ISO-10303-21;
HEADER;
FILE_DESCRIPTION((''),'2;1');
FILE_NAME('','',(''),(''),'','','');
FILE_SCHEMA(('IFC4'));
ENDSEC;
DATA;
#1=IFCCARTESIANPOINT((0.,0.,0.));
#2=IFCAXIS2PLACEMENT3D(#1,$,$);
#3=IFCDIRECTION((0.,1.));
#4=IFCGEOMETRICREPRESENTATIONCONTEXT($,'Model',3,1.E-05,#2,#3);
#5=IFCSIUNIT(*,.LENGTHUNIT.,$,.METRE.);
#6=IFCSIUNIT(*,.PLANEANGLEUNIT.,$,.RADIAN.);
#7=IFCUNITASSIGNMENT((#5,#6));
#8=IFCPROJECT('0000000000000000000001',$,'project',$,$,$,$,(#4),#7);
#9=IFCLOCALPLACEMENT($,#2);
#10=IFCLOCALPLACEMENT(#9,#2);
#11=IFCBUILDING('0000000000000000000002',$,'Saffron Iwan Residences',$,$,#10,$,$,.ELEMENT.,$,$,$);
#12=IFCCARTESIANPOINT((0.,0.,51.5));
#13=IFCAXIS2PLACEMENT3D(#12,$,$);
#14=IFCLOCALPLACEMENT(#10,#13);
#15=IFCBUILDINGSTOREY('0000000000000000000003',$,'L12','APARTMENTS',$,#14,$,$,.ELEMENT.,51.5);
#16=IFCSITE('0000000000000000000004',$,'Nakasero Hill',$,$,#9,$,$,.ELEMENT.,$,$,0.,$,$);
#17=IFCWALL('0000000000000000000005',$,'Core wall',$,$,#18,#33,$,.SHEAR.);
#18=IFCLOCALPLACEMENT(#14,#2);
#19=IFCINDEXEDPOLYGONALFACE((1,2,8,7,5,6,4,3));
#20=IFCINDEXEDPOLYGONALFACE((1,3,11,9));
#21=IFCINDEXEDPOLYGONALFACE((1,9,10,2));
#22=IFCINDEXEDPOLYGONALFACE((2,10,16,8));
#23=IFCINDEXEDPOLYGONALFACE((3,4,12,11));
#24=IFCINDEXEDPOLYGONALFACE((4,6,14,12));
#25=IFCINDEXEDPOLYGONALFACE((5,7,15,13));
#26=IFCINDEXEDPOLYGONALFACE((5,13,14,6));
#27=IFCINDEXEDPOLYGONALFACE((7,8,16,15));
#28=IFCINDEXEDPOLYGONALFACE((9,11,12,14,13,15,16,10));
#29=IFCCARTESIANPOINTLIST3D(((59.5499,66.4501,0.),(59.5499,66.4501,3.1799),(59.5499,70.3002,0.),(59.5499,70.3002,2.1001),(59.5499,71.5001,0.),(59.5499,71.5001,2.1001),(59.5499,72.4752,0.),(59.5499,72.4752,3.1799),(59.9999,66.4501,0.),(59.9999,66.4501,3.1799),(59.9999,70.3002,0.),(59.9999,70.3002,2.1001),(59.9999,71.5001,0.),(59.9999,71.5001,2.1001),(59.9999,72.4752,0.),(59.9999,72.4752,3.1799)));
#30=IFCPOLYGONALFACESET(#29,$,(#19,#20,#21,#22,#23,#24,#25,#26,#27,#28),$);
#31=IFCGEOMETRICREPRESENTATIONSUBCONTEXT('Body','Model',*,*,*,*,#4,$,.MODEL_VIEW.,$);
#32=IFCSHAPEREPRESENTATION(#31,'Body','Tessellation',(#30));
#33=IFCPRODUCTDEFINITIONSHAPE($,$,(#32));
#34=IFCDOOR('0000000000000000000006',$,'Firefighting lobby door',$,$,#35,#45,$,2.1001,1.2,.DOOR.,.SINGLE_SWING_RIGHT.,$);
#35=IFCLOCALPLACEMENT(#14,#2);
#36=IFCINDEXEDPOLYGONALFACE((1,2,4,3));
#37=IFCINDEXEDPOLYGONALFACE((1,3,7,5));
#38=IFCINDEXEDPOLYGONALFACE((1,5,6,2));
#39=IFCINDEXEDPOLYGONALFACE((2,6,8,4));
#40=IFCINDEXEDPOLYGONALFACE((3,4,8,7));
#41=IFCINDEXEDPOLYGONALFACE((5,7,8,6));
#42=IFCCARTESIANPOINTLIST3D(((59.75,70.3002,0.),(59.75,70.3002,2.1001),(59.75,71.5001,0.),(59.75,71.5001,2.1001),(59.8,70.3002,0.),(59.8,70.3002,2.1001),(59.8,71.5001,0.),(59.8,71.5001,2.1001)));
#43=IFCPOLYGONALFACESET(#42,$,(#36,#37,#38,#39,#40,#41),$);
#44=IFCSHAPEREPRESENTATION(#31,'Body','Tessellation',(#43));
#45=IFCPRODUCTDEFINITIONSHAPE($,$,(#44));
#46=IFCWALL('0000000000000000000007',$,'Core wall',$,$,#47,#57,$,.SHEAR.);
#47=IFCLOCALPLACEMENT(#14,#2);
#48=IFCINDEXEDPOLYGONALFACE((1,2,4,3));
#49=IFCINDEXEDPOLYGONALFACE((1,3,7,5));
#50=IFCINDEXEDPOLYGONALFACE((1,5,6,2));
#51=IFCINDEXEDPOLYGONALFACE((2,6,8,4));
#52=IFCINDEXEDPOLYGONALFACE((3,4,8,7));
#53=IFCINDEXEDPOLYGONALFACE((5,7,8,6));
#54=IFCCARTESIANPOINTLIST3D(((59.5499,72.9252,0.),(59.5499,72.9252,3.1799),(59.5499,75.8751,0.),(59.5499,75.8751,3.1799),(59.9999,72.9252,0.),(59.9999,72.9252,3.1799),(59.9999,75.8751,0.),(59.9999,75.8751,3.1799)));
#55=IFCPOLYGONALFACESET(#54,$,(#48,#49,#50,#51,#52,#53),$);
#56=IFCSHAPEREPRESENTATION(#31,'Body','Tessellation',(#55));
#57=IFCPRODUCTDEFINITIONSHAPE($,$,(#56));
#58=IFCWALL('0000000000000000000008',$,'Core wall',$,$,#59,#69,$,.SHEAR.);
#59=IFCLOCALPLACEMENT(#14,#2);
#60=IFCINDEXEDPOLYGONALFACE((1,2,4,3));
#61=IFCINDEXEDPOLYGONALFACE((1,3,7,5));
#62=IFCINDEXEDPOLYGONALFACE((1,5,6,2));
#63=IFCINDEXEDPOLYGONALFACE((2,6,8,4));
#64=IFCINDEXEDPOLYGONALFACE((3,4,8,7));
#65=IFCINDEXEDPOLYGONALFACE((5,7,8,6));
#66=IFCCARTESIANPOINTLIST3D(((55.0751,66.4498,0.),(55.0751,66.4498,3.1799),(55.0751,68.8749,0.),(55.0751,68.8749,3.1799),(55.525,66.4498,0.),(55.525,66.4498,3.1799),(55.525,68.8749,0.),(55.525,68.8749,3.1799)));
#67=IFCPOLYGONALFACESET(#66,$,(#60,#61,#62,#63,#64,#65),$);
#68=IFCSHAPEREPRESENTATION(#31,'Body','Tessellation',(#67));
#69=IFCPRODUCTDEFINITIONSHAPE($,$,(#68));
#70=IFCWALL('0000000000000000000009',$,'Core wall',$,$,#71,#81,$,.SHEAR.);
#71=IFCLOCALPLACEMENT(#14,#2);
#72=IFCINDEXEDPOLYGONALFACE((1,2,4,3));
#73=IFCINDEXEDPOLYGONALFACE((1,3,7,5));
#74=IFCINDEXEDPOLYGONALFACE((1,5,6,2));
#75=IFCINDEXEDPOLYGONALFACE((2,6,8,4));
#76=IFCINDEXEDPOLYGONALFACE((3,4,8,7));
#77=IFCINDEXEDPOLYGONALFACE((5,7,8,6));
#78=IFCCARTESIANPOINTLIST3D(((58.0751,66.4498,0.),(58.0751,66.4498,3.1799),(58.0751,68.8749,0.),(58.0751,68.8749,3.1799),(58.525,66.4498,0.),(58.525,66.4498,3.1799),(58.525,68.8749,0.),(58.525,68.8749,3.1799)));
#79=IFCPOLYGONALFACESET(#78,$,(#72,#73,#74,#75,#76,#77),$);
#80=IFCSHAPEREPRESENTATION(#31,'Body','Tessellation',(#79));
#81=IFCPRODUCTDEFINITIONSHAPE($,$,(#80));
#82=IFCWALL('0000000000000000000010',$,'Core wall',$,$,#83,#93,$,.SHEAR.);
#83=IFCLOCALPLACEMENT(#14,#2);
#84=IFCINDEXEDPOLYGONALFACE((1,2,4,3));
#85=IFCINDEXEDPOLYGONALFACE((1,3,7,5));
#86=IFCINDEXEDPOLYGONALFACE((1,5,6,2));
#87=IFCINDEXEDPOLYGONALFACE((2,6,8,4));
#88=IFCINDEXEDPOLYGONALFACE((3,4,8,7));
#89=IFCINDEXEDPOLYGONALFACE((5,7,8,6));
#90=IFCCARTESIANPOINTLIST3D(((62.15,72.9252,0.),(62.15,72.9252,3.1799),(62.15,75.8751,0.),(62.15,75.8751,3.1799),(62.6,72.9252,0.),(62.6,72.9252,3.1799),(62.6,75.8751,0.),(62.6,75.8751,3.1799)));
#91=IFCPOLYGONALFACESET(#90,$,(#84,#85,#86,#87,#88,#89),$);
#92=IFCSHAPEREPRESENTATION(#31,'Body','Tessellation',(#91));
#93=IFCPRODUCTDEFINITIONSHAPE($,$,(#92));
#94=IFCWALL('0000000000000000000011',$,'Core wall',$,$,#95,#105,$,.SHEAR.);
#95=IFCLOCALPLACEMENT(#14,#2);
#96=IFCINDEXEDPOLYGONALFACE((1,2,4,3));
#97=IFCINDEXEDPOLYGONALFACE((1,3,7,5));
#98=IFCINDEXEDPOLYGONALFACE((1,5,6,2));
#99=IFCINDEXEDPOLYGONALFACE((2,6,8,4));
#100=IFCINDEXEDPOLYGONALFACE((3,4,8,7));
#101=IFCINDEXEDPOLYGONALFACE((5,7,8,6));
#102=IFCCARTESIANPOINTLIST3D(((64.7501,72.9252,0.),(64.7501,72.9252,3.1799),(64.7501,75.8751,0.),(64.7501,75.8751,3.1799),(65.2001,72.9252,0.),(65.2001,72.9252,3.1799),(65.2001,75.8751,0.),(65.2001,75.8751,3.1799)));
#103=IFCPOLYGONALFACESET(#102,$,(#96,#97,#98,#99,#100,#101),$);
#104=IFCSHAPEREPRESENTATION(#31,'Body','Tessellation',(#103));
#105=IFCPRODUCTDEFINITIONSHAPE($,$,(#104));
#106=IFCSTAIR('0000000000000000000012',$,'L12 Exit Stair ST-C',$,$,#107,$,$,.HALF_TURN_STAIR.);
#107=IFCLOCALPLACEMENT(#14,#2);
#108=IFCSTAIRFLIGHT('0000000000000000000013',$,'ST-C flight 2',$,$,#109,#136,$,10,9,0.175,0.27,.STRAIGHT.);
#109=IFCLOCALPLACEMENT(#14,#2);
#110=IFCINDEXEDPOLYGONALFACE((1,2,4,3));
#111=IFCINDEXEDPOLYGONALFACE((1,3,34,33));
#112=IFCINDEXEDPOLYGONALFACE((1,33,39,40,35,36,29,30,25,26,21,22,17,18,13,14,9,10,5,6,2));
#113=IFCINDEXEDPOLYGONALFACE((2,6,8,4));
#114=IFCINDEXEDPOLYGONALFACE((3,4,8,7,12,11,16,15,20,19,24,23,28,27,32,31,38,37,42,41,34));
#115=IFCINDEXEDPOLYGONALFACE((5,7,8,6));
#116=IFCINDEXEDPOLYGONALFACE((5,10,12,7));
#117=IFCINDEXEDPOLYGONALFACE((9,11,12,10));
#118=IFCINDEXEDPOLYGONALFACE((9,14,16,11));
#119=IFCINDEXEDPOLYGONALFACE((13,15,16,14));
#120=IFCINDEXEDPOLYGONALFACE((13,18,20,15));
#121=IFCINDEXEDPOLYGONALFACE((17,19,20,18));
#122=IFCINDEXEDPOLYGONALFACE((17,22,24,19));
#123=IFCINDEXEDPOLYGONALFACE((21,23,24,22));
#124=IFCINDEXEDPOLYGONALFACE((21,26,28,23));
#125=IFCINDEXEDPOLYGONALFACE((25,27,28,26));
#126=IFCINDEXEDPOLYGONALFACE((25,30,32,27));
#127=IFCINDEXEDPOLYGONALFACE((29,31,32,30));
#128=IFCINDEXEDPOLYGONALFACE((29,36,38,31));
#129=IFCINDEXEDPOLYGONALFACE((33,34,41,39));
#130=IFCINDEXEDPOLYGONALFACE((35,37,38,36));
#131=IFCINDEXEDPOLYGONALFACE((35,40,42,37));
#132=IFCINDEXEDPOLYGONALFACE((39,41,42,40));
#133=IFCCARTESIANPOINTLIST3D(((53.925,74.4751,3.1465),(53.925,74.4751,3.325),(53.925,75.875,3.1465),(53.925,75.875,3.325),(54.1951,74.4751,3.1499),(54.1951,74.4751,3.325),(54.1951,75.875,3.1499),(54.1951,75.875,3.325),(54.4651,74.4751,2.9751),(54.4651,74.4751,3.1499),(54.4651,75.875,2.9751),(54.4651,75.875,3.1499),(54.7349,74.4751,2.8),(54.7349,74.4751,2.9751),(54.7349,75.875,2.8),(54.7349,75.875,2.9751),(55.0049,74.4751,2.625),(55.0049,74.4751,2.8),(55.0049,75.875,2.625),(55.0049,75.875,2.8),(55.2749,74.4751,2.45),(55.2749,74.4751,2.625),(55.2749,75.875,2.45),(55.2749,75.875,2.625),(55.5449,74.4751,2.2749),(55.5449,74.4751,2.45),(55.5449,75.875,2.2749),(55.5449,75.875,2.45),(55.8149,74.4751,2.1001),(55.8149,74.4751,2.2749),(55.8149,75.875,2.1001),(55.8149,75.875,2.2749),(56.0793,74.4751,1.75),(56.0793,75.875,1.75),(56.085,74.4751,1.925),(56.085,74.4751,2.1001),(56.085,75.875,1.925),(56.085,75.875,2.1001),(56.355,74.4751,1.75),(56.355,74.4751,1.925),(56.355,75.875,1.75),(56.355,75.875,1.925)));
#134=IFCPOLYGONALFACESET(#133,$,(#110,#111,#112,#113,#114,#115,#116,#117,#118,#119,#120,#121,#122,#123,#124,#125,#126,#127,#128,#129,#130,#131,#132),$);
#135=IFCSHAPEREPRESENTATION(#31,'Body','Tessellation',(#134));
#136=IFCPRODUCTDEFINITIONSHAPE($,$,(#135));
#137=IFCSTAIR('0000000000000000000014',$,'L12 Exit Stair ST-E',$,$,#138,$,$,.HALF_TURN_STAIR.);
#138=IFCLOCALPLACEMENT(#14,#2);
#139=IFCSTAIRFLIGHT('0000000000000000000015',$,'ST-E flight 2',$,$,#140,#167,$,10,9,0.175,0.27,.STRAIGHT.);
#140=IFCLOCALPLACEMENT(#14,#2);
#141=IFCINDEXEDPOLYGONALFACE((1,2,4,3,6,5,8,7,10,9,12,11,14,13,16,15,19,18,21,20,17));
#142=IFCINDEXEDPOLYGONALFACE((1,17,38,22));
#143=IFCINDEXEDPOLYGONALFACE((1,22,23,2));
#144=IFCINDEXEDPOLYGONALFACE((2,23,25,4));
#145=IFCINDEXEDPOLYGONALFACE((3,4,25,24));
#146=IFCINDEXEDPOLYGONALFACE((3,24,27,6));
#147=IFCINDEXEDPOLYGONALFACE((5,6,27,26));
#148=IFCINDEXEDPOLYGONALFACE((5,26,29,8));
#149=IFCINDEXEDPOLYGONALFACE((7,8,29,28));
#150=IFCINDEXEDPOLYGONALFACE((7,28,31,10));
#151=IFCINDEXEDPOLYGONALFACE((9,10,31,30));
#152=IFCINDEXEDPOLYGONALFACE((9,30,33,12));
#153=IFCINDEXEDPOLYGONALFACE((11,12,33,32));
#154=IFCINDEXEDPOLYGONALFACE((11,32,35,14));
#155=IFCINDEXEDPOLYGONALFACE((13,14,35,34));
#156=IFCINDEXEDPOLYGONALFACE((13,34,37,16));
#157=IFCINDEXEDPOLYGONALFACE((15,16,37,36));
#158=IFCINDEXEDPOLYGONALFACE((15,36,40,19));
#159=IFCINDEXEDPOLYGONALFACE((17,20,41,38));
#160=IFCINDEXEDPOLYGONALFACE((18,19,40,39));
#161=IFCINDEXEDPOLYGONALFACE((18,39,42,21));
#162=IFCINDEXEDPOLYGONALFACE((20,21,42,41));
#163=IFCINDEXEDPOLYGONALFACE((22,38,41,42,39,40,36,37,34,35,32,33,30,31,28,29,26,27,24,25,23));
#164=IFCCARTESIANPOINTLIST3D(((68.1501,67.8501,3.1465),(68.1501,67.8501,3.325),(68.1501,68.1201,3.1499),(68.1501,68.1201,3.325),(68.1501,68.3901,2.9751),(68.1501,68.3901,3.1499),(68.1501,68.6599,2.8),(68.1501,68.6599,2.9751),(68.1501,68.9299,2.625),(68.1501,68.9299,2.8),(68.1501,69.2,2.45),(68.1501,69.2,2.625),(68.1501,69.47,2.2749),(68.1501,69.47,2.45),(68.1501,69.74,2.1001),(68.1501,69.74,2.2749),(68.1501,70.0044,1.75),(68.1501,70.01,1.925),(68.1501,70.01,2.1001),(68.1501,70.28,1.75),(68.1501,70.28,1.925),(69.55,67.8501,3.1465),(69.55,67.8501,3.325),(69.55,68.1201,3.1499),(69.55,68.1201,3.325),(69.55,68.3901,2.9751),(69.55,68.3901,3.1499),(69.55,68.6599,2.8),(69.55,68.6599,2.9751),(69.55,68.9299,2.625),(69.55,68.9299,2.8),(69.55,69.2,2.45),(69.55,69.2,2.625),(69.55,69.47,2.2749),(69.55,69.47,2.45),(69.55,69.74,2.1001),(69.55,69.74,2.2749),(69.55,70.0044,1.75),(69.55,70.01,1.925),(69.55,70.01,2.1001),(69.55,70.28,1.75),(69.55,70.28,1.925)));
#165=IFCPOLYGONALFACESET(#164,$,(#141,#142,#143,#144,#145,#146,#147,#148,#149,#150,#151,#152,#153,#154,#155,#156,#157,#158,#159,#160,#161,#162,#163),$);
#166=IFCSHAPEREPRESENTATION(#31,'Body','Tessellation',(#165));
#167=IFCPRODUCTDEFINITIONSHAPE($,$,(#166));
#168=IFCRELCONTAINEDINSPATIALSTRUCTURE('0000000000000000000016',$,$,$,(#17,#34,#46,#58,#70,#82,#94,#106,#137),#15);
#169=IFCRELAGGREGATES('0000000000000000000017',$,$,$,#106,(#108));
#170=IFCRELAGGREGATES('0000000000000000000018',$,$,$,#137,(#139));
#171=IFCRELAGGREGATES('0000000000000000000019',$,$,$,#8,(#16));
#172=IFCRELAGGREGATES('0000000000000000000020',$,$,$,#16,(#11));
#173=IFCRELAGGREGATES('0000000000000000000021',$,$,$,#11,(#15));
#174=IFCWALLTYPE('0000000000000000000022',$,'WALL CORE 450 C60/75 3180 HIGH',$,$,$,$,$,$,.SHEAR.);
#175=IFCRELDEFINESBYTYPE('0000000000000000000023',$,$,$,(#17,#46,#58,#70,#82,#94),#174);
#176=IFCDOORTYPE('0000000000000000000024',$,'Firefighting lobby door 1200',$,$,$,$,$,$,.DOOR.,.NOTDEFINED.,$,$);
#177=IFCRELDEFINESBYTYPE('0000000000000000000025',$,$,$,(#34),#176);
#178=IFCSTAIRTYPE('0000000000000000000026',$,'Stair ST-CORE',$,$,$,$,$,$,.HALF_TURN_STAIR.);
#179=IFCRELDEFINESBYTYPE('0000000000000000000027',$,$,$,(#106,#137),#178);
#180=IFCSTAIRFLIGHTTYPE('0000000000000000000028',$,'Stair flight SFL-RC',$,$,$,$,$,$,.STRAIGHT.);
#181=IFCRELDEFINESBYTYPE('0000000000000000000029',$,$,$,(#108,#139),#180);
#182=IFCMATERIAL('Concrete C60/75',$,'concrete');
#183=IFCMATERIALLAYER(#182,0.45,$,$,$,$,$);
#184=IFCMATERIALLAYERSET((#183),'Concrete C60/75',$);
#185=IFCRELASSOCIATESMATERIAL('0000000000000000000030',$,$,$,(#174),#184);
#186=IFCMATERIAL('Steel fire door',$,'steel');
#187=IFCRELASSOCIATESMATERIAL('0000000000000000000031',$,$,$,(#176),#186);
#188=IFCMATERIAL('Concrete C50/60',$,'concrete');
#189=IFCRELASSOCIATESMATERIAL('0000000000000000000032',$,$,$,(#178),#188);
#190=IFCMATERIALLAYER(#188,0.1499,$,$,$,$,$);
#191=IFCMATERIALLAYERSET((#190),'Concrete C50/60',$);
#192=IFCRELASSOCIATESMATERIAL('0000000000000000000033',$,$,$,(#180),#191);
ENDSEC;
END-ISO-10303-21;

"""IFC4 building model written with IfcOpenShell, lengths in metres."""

from ifc_helpers import new_model, si_unit, direction, frame, frame_2d, origin, place, context, subcontext, project, spatial, polyline, rectangle, outline, extrude, material, layer, layer_set, type_object, element, fill, aggregate, save


model = new_model("IFC4")

# Units and contexts
model_context = context("Model", 3, precision=1e-05, world=origin(), true_north=direction((0.0, 1.0)))
body_context = subcontext(model_context, "Body", "Model", "MODEL_VIEW")
ifc_project = project(units=[si_unit("LENGTHUNIT", "METRE"), si_unit("PLANEANGLEUNIT", "RADIAN")], contexts=[model_context])

# Site, building, storey
site_placement = place(None, origin())
site = spatial("IfcSite", under=ifc_project, at=site_placement, Name="Nakasero Hill", CompositionType="ELEMENT", RefElevation=0.0)
building_placement = place(site_placement, origin())
building = spatial("IfcBuilding", under=site, at=building_placement, Name="Saffron Iwan Residences", CompositionType="ELEMENT")
storey_placement = place(building_placement, frame((0.0, 0.0, 51.5)))
storey = spatial("IfcBuildingStorey", under=building, at=storey_placement, Name="L12", Description="APARTMENTS", CompositionType="ELEMENT", Elevation=51.5)

# Shared definitions
ifc_material_1 = material(Name="Concrete C60/75", Category="concrete")

# Shared definitions
ifc_layer_1 = layer(ifc_material_1, 0.45)
ifc_layer_set_1 = layer_set([ifc_layer_1], Name="Concrete C60/75")
wall_type_1 = type_object("IfcWallType", Name="WALL CORE 450 C60/75 3180 HIGH", PredefinedType="SHEAR", material=ifc_layer_set_1)

# Wall, opening, door
ifc_material_2 = material(Name="Steel fire door", Category="steel")
wall_1_placement = place(storey_placement, frame((59.7749, 66.45, 0.0), z_axis=(0.0, 0.0, 1.0), x_axis=(0.0, 1.0, 0.0)))
wall_1 = element("IfcWall", 1, at=wall_1_placement, inside=storey, type_object=wall_type_1, Name="Core wall", PredefinedType="SHEAR", context=body_context, shape_type="SweptSolid", body=[
    extrude(rectangle(XDim=6.0251, YDim=0.45, at=frame_2d((3.0127, 0.0))), origin(), (0.0, 0.0, 1.0), 3.1799),
])
opening_1_placement = place(wall_1_placement, frame((3.8501, 0.0, 0.0)))
opening_1 = element("IfcOpeningElement", 2, at=opening_1_placement, cuts=wall_1, PredefinedType="OPENING", context=body_context, shape_type="SweptSolid", body=[
    extrude(rectangle(XDim=1.2, YDim=2.1001, at=frame_2d((0.6001, 1.05))), frame((0.0, 0.2349, 0.0), z_axis=(0.0, -1.0, 0.0), x_axis=(1.0, 0.0, 0.0)), (0.0, 0.0, 1.0), 0.47),
])
door_type_1 = type_object("IfcDoorType", Name="Firefighting lobby door 1200", OperationType="NOTDEFINED", PredefinedType="DOOR", material=ifc_material_2)
door_1_placement = place(opening_1_placement, origin())
door_1 = element("IfcDoor", 3, at=door_1_placement, inside=storey, type_object=door_type_1, Name="Firefighting lobby door", OperationType="SINGLE_SWING_RIGHT", OverallHeight=2.1001, OverallWidth=1.2, PredefinedType="DOOR", context=body_context, shape_type="SweptSolid", body=[
    extrude(rectangle(XDim=1.2, YDim=2.1001, at=frame_2d((0.6001, 1.05))), frame((0.0, 0.0249, 0.0), z_axis=(0.0, -1.0, 0.0), x_axis=(1.0, 0.0, 0.0)), (0.0, 0.0, 1.0), 0.05),
])
fill(opening_1, door_1)

# Walls
wall_2_placement = place(storey_placement, frame((59.7749, 72.925, 0.0), z_axis=(0.0, 0.0, 1.0), x_axis=(0.0, 1.0, 0.0)))
element("IfcWall", 4, at=wall_2_placement, inside=storey, type_object=wall_type_1, Name="Core wall", PredefinedType="SHEAR", context=body_context, shape_type="SweptSolid", body=[
    extrude(rectangle(XDim=2.95, YDim=0.45, at=frame_2d((1.4751, 0.0))), origin(), (0.0, 0.0, 1.0), 3.1799),
])
for number, where, z_axis, x_axis, name in (
    (5, (55.3, 66.45, 0.0), (0.0, 0.0, 1.0), (0.0, 1.0, 0.0), "Core wall"),
    (6, (58.3, 66.45, 0.0), (0.0, 0.0, 1.0), (0.0, 1.0, 0.0), "Core wall"),
):
    element("IfcWall", number, at=place(storey_placement, frame(where, z_axis=z_axis, x_axis=x_axis)), inside=storey, type_object=wall_type_1, Name=name, PredefinedType="SHEAR", context=body_context, shape_type="SweptSolid", body=[
        extrude(rectangle(XDim=2.425, YDim=0.45, at=frame_2d((1.2124, 0.0))), origin(), (0.0, 0.0, 1.0), 3.1799),
    ])
for number, where, z_axis, x_axis, name in (
    (7, (62.375, 72.925, 0.0), (0.0, 0.0, 1.0), (0.0, 1.0, 0.0), "Core wall"),
    (8, (64.9751, 72.925, 0.0), (0.0, 0.0, 1.0), (0.0, 1.0, 0.0), "Core wall"),
):
    element("IfcWall", number, at=place(storey_placement, frame(where, z_axis=z_axis, x_axis=x_axis)), inside=storey, type_object=wall_type_1, Name=name, PredefinedType="SHEAR", context=body_context, shape_type="SweptSolid", body=[
        extrude(rectangle(XDim=2.95, YDim=0.45, at=frame_2d((1.4751, 0.0))), origin(), (0.0, 0.0, 1.0), 3.1799),
    ])

# Stairs, stair flights
ifc_material_3 = material(Name="Concrete C50/60", Category="concrete")
stair_type = type_object("IfcStairType", Name="Stair ST-CORE", PredefinedType="HALF_TURN_STAIR", material=ifc_material_3)
stair_1_placement = place(storey_placement, origin())
stair_1 = element("IfcStair", 9, at=stair_1_placement, inside=storey, type_object=stair_type, Name="L12 Exit Stair ST-C", PredefinedType="HALF_TURN_STAIR")
ifc_layer_2 = layer(ifc_material_3, 0.1499)
ifc_layer_set_2 = layer_set([ifc_layer_2], Name="Concrete C50/60")
stair_flight_type = type_object("IfcStairFlightType", Name="Stair flight SFL-RC", PredefinedType="STRAIGHT", material=ifc_layer_set_2)
stair_flight_1_placement = place(storey_placement, frame((56.355, 75.175, 1.75), z_axis=(0.0, 0.0, 1.0), x_axis=(-1.0, 0.0, 0.0)))
stair_flight_1 = element("IfcStairFlight", 10, at=stair_flight_1_placement, type_object=stair_flight_type, Name="ST-C flight 2", NumberOfRisers=10, NumberOfTreads=9, PredefinedType="STRAIGHT", RiserHeight=0.175, TreadLength=0.27, context=body_context, shape_type="SweptSolid", body=[
    extrude(outline(polyline([(0.0, 0.0), (0.0, 0.175), (0.27, 0.175), (0.27, 0.3501), (0.54, 0.3501), (0.54, 0.5249), (0.8101, 0.5249), (0.8101, 0.7), (1.0801, 0.7), (1.0801, 0.875), (1.3501, 0.875), (1.3501, 1.05), (1.6201, 1.05), (1.6201, 1.2251), (1.8899, 1.2251), (1.8899, 1.3999), (2.1599, 1.3999), (2.1599, 1.575), (2.4299, 1.575), (2.4299, 1.75), (2.4299, 1.3965), (0.2756, 0.0), (0.0, 0.0)])), frame((0.0, 0.7, 0.0), z_axis=(0.0, -1.0, 0.0), x_axis=(1.0, 0.0, 0.0)), (0.0, 0.0, 1.0), 1.3999),
])
aggregate(stair_1, [stair_flight_1])
stair_2_placement = place(storey_placement, origin())
stair_2 = element("IfcStair", 11, at=stair_2_placement, inside=storey, type_object=stair_type, Name="L12 Exit Stair ST-E", PredefinedType="HALF_TURN_STAIR")
stair_flight_2_placement = place(storey_placement, frame((68.8501, 70.28, 1.75), z_axis=(0.0, 0.0, 1.0), x_axis=(0.0, -1.0, 0.0)))
stair_flight_2 = element("IfcStairFlight", 12, at=stair_flight_2_placement, type_object=stair_flight_type, Name="ST-E flight 2", NumberOfRisers=10, NumberOfTreads=9, PredefinedType="STRAIGHT", RiserHeight=0.175, TreadLength=0.27, context=body_context, shape_type="SweptSolid", body=[
    extrude(outline(polyline([(0.0, 0.0), (0.0, 0.175), (0.27, 0.175), (0.27, 0.3501), (0.54, 0.3501), (0.54, 0.5249), (0.8101, 0.5249), (0.8101, 0.7), (1.0801, 0.7), (1.0801, 0.875), (1.3501, 0.875), (1.3501, 1.05), (1.6201, 1.05), (1.6201, 1.2251), (1.8899, 1.2251), (1.8899, 1.3999), (2.1599, 1.3999), (2.1599, 1.575), (2.4299, 1.575), (2.4299, 1.75), (2.4299, 1.3965), (0.2756, 0.0), (0.0, 0.0)])), frame((0.0, 0.7, 0.0), z_axis=(0.0, -1.0, 0.0), x_axis=(1.0, 0.0, 0.0)), (0.0, 0.0, 1.0), 1.3999),
])
aggregate(stair_2, [stair_flight_2])

save(model, "model.ifc")
